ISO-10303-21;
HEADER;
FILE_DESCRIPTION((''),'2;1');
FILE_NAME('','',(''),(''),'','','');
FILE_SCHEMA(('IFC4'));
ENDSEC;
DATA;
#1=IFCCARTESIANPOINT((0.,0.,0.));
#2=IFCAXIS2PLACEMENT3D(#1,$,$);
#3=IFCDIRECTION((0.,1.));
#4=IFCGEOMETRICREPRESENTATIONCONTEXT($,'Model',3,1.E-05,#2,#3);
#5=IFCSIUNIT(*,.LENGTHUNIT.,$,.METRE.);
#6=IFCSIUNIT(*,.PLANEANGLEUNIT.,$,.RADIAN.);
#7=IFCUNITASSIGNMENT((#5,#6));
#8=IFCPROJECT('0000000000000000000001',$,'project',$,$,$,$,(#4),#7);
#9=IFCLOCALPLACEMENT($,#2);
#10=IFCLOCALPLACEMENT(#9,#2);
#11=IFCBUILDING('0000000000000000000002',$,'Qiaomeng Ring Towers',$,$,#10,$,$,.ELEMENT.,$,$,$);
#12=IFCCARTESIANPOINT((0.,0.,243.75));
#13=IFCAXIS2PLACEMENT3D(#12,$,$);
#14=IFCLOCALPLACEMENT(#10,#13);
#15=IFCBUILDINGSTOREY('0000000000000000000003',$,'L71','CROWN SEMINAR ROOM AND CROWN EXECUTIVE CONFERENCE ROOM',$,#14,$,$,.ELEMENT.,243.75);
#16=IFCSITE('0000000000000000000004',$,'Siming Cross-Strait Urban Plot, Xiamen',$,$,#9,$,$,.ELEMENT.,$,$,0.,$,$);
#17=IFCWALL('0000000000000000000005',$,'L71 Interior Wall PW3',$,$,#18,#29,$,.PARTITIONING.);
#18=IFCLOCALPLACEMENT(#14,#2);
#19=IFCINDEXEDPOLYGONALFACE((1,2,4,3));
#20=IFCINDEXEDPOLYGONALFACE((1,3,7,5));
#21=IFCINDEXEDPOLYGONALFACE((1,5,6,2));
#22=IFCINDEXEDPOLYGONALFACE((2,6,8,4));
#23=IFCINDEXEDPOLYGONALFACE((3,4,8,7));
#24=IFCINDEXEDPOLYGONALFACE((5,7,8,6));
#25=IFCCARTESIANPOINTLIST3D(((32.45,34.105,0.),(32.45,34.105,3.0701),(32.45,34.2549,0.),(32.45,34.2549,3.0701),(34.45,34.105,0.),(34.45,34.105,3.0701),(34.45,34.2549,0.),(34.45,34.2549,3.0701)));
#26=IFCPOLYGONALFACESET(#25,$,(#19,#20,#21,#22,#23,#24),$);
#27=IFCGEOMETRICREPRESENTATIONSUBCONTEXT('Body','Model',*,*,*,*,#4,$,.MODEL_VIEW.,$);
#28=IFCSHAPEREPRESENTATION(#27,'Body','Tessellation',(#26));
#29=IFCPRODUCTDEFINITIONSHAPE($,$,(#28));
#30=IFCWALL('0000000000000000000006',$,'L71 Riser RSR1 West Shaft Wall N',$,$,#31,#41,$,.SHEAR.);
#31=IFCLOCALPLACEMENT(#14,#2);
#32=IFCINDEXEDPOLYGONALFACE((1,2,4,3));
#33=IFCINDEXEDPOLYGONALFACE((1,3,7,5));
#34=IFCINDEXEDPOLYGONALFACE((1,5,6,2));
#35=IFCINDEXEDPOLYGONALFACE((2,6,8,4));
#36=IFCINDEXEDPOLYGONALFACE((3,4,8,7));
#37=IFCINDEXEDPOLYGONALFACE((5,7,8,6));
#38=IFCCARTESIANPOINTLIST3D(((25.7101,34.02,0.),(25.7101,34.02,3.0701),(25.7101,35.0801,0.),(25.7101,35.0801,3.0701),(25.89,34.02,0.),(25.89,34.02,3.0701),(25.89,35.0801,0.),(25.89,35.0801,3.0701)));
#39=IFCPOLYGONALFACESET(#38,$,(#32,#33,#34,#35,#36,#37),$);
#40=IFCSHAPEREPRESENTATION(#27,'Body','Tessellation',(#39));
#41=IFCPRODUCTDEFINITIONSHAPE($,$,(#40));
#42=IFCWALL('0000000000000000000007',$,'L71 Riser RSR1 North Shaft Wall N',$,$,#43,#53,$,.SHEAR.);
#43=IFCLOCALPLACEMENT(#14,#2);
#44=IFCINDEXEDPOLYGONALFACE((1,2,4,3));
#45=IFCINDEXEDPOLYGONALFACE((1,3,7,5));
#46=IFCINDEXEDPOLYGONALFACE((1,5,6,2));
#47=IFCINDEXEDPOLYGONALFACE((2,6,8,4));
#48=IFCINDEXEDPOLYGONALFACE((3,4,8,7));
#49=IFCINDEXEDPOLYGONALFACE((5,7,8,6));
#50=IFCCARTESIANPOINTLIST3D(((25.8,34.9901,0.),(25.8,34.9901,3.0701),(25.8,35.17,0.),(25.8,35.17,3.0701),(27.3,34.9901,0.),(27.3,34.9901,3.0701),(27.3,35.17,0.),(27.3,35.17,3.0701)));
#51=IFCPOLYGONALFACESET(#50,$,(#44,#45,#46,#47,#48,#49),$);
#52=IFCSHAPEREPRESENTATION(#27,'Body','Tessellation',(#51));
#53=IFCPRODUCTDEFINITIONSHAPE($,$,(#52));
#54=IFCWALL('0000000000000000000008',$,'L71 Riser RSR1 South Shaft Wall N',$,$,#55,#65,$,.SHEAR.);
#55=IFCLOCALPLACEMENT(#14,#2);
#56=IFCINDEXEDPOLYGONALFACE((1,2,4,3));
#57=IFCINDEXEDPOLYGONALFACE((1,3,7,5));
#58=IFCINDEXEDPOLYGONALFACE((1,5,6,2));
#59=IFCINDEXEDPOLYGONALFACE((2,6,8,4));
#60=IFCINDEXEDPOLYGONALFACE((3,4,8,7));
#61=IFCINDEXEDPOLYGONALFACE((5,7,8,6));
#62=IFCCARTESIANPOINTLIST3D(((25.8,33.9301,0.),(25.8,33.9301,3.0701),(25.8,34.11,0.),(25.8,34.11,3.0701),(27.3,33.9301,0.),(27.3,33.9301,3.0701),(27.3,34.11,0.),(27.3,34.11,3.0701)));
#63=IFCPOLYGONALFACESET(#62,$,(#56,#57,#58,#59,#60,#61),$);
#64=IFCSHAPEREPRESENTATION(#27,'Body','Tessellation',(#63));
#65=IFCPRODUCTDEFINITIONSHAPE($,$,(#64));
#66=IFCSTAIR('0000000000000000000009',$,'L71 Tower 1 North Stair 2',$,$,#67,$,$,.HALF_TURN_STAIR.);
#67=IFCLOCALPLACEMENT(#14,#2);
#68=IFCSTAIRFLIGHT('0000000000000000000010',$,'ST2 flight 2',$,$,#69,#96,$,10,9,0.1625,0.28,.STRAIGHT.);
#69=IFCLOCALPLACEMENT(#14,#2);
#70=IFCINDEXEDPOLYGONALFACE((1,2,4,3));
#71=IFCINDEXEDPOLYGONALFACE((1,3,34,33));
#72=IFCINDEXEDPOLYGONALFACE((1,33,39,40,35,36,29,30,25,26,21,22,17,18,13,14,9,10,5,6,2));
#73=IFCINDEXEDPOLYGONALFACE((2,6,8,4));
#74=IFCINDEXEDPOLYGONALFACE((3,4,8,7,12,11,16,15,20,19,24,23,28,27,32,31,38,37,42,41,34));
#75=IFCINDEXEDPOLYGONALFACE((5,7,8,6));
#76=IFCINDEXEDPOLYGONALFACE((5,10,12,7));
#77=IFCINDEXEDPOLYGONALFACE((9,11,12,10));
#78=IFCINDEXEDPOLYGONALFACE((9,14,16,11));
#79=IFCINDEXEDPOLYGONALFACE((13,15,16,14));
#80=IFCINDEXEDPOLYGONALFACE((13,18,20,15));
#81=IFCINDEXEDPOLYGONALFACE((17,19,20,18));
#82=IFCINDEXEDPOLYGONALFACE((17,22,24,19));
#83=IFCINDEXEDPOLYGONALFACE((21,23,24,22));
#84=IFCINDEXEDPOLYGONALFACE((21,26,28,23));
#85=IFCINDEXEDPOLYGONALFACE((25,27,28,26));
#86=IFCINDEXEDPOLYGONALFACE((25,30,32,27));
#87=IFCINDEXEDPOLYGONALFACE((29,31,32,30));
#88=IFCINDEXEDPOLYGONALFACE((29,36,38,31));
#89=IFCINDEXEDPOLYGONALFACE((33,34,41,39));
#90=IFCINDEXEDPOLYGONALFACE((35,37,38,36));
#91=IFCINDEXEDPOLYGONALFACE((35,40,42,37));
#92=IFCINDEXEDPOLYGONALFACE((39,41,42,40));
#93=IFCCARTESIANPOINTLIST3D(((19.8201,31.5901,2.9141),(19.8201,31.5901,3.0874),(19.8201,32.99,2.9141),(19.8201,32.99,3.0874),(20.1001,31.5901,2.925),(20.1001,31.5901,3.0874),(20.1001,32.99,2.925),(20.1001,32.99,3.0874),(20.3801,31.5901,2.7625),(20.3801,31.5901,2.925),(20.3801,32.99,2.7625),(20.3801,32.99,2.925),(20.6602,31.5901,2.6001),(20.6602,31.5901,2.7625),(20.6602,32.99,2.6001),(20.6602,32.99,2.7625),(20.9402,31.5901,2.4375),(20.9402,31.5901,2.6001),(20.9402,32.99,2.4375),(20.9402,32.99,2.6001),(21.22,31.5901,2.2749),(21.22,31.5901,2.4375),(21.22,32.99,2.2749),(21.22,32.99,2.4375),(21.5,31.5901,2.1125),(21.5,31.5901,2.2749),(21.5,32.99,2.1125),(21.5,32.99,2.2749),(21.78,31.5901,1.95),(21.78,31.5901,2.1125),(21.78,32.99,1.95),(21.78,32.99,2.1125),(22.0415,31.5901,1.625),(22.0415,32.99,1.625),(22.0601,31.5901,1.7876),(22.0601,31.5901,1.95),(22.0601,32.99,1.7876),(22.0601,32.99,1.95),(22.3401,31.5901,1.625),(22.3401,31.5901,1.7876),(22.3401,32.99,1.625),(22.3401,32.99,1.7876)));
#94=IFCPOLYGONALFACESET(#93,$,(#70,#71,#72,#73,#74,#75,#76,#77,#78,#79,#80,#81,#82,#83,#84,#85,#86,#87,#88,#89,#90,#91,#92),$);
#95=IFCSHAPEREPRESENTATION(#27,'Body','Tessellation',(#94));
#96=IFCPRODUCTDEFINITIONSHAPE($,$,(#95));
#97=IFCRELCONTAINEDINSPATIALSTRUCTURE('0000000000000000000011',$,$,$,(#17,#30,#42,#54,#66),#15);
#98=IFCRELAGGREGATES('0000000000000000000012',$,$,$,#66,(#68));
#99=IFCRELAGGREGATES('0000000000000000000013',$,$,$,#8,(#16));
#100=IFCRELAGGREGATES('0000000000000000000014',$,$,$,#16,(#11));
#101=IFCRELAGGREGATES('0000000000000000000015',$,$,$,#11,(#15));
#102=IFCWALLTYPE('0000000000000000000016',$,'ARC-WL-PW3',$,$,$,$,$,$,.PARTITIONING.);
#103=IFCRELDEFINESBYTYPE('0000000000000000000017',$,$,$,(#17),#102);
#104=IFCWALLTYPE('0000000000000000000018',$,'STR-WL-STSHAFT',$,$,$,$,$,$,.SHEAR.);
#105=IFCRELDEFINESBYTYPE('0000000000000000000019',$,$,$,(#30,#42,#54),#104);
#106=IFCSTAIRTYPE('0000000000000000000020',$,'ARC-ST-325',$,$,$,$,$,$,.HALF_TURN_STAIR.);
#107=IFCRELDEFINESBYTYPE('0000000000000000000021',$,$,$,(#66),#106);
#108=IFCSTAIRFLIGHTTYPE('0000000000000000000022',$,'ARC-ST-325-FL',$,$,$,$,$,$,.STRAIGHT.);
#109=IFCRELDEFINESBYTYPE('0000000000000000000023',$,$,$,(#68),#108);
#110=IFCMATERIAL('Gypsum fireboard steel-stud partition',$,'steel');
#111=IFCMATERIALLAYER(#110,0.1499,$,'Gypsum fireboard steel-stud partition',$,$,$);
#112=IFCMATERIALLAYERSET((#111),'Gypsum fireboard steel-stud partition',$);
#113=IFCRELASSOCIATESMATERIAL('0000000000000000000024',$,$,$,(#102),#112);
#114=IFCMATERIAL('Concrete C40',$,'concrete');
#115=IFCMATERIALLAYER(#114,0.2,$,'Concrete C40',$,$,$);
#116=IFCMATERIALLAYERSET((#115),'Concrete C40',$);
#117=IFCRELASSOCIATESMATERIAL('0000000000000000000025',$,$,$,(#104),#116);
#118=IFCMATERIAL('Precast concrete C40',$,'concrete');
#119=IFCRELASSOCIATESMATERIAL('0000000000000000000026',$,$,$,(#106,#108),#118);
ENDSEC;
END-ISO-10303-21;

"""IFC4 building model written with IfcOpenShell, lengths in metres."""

from ifc_helpers import new_model, si_unit, direction, frame, frame_2d, origin, place, context, subcontext, project, spatial, polyline, rectangle, outline, extrude, source, transform, mapped, material, layer, layer_set, type_object, element, aggregate, save


model = new_model("IFC4")

# Units and contexts
model_context = context("Model", 3, precision=1e-05, world=origin(), true_north=direction((0.0, 1.0)))
body_context = subcontext(model_context, "Body", "Model", "MODEL_VIEW")
ifc_project = project(units=[si_unit("LENGTHUNIT", "METRE"), si_unit("PLANEANGLEUNIT", "RADIAN")], contexts=[model_context])

# Site, building, storey
site_placement = place(None, origin())
site = spatial("IfcSite", under=ifc_project, at=site_placement, Name="Siming Cross-Strait Urban Plot, Xiamen", CompositionType="ELEMENT", RefElevation=0.0)
building_placement = place(site_placement, origin())
building = spatial("IfcBuilding", under=site, at=building_placement, Name="Qiaomeng Ring Towers", CompositionType="ELEMENT")
storey_placement = place(building_placement, frame((0.0, 0.0, 243.75)))
storey = spatial("IfcBuildingStorey", under=building, at=storey_placement, Name="L71", Description="CROWN SEMINAR ROOM AND CROWN EXECUTIVE CONFERENCE ROOM", CompositionType="ELEMENT", Elevation=243.75)

# Shared definitions
ifc_material_1 = material(Name="Concrete C40", Category="concrete")

# Walls
ifc_material_2 = material(Name="Gypsum fireboard steel-stud partition", Category="steel")
ifc_layer_1 = layer(ifc_material_2, 0.1499, Name="Gypsum fireboard steel-stud partition")
ifc_layer_set_1 = layer_set([ifc_layer_1], Name="Gypsum fireboard steel-stud partition")
wall_type_1 = type_object("IfcWallType", Name="ARC-WL-PW3", PredefinedType="PARTITIONING", material=ifc_layer_set_1)
wall_1_placement = place(storey_placement, frame((32.45, 34.1799, 0.0), z_axis=(0.0, 0.0, 1.0), x_axis=(1.0, 0.0, 0.0)))
element("IfcWall", 1, at=wall_1_placement, inside=storey, type_object=wall_type_1, Name="L71 Interior Wall PW3", PredefinedType="PARTITIONING", context=body_context, shape_type="SweptSolid", body=[
    extrude(rectangle(XDim=2.0, YDim=0.1499, at=frame_2d((1.0, 0.0))), origin(), (0.0, 0.0, 1.0), 3.0701),
])
ifc_layer_2 = layer(ifc_material_1, 0.2, Name="Concrete C40")
ifc_layer_set_2 = layer_set([ifc_layer_2], Name="Concrete C40")
wall_type_2 = type_object("IfcWallType", Name="STR-WL-STSHAFT", PredefinedType="SHEAR", material=ifc_layer_set_2)
wall_2_placement = place(storey_placement, frame((25.8, 34.02, 0.0), z_axis=(0.0, 0.0, 1.0), x_axis=(0.0, 1.0, 0.0)))
element("IfcWall", 2, at=wall_2_placement, inside=storey, type_object=wall_type_2, Name="L71 Riser RSR1 West Shaft Wall N", PredefinedType="SHEAR", context=body_context, shape_type="SweptSolid", body=[
    extrude(rectangle(XDim=1.0601, YDim=0.1799, at=frame_2d((0.53, 0.0))), origin(), (0.0, 0.0, 1.0), 3.0701),
])
for number, where, z_axis, x_axis, name in (
    (3, (25.8, 35.0801, 0.0), (0.0, 0.0, 1.0), (1.0, 0.0, 0.0), "L71 Riser RSR1 North Shaft Wall N"),
    (4, (25.8, 34.02, 0.0), (0.0, 0.0, 1.0), (1.0, 0.0, 0.0), "L71 Riser RSR1 South Shaft Wall N"),
):
    element("IfcWall", number, at=place(storey_placement, frame(where, z_axis=z_axis, x_axis=x_axis)), inside=storey, type_object=wall_type_2, Name=name, PredefinedType="SHEAR", context=body_context, shape_type="SweptSolid", body=[
        extrude(rectangle(XDim=1.5, YDim=0.1799, at=frame_2d((0.75, 0.0))), origin(), (0.0, 0.0, 1.0), 3.0701),
    ])

# Stair, stair flight
ifc_material_3 = material(Name="Precast concrete C40", Category="concrete")
stair_type = type_object("IfcStairType", Name="ARC-ST-325", PredefinedType="HALF_TURN_STAIR", material=ifc_material_3)
stair_placement = place(storey_placement, origin())
stair = element("IfcStair", 5, at=stair_placement, inside=storey, type_object=stair_type, Name="L71 Tower 1 North Stair 2", PredefinedType="HALF_TURN_STAIR")
stair_flight_type = type_object("IfcStairFlightType", Name="ARC-ST-325-FL", PredefinedType="STRAIGHT", material=ifc_material_3)
shared_shape_1 = source(origin(), body_context, "Body", "SweptSolid", [
    extrude(outline(polyline([(0.0, 0.0), (0.0, 0.1626), (0.28, 0.1626), (0.28, 0.325), (0.5601, 0.325), (0.5601, 0.4875), (0.8401, 0.4875), (0.8401, 0.6499), (1.1201, 0.6499), (1.1201, 0.8125), (1.3999, 0.8125), (1.3999, 0.9751), (1.6799, 0.9751), (1.6799, 1.1375), (1.96, 1.1375), (1.96, 1.3), (2.24, 1.3), (2.24, 1.4624), (2.52, 1.4624), (2.52, 1.625), (2.52, 1.2891), (0.2986, 0.0), (0.0, 0.0)])), frame((0.0, 0.7, 0.0), z_axis=(0.0, -1.0, 0.0), x_axis=(1.0, 0.0, 0.0)), (0.0, 0.0, 1.0), 1.3999),
])
stair_flight_placement = place(storey_placement, frame((22.3401, 32.29, 1.625), z_axis=(0.0, 0.0, 1.0), x_axis=(-1.0, 0.0, 0.0)))
stair_flight = element("IfcStairFlight", 6, at=stair_flight_placement, type_object=stair_flight_type, Name="ST2 flight 2", NumberOfRisers=10, NumberOfTreads=9, PredefinedType="STRAIGHT", RiserHeight=0.1625, TreadLength=0.28, context=body_context, shape_type="MappedRepresentation", body=[
    mapped(shared_shape_1, transform((0.0, 0.0, 0.0), x_axis=(1.0, 0.0, 0.0), y_axis=(0.0, 1.0, 0.0), z_axis=(0.0, 0.0, 1.0), scale=1.0)),
])
aggregate(stair, [stair_flight])

save(model, "model.ifc")
